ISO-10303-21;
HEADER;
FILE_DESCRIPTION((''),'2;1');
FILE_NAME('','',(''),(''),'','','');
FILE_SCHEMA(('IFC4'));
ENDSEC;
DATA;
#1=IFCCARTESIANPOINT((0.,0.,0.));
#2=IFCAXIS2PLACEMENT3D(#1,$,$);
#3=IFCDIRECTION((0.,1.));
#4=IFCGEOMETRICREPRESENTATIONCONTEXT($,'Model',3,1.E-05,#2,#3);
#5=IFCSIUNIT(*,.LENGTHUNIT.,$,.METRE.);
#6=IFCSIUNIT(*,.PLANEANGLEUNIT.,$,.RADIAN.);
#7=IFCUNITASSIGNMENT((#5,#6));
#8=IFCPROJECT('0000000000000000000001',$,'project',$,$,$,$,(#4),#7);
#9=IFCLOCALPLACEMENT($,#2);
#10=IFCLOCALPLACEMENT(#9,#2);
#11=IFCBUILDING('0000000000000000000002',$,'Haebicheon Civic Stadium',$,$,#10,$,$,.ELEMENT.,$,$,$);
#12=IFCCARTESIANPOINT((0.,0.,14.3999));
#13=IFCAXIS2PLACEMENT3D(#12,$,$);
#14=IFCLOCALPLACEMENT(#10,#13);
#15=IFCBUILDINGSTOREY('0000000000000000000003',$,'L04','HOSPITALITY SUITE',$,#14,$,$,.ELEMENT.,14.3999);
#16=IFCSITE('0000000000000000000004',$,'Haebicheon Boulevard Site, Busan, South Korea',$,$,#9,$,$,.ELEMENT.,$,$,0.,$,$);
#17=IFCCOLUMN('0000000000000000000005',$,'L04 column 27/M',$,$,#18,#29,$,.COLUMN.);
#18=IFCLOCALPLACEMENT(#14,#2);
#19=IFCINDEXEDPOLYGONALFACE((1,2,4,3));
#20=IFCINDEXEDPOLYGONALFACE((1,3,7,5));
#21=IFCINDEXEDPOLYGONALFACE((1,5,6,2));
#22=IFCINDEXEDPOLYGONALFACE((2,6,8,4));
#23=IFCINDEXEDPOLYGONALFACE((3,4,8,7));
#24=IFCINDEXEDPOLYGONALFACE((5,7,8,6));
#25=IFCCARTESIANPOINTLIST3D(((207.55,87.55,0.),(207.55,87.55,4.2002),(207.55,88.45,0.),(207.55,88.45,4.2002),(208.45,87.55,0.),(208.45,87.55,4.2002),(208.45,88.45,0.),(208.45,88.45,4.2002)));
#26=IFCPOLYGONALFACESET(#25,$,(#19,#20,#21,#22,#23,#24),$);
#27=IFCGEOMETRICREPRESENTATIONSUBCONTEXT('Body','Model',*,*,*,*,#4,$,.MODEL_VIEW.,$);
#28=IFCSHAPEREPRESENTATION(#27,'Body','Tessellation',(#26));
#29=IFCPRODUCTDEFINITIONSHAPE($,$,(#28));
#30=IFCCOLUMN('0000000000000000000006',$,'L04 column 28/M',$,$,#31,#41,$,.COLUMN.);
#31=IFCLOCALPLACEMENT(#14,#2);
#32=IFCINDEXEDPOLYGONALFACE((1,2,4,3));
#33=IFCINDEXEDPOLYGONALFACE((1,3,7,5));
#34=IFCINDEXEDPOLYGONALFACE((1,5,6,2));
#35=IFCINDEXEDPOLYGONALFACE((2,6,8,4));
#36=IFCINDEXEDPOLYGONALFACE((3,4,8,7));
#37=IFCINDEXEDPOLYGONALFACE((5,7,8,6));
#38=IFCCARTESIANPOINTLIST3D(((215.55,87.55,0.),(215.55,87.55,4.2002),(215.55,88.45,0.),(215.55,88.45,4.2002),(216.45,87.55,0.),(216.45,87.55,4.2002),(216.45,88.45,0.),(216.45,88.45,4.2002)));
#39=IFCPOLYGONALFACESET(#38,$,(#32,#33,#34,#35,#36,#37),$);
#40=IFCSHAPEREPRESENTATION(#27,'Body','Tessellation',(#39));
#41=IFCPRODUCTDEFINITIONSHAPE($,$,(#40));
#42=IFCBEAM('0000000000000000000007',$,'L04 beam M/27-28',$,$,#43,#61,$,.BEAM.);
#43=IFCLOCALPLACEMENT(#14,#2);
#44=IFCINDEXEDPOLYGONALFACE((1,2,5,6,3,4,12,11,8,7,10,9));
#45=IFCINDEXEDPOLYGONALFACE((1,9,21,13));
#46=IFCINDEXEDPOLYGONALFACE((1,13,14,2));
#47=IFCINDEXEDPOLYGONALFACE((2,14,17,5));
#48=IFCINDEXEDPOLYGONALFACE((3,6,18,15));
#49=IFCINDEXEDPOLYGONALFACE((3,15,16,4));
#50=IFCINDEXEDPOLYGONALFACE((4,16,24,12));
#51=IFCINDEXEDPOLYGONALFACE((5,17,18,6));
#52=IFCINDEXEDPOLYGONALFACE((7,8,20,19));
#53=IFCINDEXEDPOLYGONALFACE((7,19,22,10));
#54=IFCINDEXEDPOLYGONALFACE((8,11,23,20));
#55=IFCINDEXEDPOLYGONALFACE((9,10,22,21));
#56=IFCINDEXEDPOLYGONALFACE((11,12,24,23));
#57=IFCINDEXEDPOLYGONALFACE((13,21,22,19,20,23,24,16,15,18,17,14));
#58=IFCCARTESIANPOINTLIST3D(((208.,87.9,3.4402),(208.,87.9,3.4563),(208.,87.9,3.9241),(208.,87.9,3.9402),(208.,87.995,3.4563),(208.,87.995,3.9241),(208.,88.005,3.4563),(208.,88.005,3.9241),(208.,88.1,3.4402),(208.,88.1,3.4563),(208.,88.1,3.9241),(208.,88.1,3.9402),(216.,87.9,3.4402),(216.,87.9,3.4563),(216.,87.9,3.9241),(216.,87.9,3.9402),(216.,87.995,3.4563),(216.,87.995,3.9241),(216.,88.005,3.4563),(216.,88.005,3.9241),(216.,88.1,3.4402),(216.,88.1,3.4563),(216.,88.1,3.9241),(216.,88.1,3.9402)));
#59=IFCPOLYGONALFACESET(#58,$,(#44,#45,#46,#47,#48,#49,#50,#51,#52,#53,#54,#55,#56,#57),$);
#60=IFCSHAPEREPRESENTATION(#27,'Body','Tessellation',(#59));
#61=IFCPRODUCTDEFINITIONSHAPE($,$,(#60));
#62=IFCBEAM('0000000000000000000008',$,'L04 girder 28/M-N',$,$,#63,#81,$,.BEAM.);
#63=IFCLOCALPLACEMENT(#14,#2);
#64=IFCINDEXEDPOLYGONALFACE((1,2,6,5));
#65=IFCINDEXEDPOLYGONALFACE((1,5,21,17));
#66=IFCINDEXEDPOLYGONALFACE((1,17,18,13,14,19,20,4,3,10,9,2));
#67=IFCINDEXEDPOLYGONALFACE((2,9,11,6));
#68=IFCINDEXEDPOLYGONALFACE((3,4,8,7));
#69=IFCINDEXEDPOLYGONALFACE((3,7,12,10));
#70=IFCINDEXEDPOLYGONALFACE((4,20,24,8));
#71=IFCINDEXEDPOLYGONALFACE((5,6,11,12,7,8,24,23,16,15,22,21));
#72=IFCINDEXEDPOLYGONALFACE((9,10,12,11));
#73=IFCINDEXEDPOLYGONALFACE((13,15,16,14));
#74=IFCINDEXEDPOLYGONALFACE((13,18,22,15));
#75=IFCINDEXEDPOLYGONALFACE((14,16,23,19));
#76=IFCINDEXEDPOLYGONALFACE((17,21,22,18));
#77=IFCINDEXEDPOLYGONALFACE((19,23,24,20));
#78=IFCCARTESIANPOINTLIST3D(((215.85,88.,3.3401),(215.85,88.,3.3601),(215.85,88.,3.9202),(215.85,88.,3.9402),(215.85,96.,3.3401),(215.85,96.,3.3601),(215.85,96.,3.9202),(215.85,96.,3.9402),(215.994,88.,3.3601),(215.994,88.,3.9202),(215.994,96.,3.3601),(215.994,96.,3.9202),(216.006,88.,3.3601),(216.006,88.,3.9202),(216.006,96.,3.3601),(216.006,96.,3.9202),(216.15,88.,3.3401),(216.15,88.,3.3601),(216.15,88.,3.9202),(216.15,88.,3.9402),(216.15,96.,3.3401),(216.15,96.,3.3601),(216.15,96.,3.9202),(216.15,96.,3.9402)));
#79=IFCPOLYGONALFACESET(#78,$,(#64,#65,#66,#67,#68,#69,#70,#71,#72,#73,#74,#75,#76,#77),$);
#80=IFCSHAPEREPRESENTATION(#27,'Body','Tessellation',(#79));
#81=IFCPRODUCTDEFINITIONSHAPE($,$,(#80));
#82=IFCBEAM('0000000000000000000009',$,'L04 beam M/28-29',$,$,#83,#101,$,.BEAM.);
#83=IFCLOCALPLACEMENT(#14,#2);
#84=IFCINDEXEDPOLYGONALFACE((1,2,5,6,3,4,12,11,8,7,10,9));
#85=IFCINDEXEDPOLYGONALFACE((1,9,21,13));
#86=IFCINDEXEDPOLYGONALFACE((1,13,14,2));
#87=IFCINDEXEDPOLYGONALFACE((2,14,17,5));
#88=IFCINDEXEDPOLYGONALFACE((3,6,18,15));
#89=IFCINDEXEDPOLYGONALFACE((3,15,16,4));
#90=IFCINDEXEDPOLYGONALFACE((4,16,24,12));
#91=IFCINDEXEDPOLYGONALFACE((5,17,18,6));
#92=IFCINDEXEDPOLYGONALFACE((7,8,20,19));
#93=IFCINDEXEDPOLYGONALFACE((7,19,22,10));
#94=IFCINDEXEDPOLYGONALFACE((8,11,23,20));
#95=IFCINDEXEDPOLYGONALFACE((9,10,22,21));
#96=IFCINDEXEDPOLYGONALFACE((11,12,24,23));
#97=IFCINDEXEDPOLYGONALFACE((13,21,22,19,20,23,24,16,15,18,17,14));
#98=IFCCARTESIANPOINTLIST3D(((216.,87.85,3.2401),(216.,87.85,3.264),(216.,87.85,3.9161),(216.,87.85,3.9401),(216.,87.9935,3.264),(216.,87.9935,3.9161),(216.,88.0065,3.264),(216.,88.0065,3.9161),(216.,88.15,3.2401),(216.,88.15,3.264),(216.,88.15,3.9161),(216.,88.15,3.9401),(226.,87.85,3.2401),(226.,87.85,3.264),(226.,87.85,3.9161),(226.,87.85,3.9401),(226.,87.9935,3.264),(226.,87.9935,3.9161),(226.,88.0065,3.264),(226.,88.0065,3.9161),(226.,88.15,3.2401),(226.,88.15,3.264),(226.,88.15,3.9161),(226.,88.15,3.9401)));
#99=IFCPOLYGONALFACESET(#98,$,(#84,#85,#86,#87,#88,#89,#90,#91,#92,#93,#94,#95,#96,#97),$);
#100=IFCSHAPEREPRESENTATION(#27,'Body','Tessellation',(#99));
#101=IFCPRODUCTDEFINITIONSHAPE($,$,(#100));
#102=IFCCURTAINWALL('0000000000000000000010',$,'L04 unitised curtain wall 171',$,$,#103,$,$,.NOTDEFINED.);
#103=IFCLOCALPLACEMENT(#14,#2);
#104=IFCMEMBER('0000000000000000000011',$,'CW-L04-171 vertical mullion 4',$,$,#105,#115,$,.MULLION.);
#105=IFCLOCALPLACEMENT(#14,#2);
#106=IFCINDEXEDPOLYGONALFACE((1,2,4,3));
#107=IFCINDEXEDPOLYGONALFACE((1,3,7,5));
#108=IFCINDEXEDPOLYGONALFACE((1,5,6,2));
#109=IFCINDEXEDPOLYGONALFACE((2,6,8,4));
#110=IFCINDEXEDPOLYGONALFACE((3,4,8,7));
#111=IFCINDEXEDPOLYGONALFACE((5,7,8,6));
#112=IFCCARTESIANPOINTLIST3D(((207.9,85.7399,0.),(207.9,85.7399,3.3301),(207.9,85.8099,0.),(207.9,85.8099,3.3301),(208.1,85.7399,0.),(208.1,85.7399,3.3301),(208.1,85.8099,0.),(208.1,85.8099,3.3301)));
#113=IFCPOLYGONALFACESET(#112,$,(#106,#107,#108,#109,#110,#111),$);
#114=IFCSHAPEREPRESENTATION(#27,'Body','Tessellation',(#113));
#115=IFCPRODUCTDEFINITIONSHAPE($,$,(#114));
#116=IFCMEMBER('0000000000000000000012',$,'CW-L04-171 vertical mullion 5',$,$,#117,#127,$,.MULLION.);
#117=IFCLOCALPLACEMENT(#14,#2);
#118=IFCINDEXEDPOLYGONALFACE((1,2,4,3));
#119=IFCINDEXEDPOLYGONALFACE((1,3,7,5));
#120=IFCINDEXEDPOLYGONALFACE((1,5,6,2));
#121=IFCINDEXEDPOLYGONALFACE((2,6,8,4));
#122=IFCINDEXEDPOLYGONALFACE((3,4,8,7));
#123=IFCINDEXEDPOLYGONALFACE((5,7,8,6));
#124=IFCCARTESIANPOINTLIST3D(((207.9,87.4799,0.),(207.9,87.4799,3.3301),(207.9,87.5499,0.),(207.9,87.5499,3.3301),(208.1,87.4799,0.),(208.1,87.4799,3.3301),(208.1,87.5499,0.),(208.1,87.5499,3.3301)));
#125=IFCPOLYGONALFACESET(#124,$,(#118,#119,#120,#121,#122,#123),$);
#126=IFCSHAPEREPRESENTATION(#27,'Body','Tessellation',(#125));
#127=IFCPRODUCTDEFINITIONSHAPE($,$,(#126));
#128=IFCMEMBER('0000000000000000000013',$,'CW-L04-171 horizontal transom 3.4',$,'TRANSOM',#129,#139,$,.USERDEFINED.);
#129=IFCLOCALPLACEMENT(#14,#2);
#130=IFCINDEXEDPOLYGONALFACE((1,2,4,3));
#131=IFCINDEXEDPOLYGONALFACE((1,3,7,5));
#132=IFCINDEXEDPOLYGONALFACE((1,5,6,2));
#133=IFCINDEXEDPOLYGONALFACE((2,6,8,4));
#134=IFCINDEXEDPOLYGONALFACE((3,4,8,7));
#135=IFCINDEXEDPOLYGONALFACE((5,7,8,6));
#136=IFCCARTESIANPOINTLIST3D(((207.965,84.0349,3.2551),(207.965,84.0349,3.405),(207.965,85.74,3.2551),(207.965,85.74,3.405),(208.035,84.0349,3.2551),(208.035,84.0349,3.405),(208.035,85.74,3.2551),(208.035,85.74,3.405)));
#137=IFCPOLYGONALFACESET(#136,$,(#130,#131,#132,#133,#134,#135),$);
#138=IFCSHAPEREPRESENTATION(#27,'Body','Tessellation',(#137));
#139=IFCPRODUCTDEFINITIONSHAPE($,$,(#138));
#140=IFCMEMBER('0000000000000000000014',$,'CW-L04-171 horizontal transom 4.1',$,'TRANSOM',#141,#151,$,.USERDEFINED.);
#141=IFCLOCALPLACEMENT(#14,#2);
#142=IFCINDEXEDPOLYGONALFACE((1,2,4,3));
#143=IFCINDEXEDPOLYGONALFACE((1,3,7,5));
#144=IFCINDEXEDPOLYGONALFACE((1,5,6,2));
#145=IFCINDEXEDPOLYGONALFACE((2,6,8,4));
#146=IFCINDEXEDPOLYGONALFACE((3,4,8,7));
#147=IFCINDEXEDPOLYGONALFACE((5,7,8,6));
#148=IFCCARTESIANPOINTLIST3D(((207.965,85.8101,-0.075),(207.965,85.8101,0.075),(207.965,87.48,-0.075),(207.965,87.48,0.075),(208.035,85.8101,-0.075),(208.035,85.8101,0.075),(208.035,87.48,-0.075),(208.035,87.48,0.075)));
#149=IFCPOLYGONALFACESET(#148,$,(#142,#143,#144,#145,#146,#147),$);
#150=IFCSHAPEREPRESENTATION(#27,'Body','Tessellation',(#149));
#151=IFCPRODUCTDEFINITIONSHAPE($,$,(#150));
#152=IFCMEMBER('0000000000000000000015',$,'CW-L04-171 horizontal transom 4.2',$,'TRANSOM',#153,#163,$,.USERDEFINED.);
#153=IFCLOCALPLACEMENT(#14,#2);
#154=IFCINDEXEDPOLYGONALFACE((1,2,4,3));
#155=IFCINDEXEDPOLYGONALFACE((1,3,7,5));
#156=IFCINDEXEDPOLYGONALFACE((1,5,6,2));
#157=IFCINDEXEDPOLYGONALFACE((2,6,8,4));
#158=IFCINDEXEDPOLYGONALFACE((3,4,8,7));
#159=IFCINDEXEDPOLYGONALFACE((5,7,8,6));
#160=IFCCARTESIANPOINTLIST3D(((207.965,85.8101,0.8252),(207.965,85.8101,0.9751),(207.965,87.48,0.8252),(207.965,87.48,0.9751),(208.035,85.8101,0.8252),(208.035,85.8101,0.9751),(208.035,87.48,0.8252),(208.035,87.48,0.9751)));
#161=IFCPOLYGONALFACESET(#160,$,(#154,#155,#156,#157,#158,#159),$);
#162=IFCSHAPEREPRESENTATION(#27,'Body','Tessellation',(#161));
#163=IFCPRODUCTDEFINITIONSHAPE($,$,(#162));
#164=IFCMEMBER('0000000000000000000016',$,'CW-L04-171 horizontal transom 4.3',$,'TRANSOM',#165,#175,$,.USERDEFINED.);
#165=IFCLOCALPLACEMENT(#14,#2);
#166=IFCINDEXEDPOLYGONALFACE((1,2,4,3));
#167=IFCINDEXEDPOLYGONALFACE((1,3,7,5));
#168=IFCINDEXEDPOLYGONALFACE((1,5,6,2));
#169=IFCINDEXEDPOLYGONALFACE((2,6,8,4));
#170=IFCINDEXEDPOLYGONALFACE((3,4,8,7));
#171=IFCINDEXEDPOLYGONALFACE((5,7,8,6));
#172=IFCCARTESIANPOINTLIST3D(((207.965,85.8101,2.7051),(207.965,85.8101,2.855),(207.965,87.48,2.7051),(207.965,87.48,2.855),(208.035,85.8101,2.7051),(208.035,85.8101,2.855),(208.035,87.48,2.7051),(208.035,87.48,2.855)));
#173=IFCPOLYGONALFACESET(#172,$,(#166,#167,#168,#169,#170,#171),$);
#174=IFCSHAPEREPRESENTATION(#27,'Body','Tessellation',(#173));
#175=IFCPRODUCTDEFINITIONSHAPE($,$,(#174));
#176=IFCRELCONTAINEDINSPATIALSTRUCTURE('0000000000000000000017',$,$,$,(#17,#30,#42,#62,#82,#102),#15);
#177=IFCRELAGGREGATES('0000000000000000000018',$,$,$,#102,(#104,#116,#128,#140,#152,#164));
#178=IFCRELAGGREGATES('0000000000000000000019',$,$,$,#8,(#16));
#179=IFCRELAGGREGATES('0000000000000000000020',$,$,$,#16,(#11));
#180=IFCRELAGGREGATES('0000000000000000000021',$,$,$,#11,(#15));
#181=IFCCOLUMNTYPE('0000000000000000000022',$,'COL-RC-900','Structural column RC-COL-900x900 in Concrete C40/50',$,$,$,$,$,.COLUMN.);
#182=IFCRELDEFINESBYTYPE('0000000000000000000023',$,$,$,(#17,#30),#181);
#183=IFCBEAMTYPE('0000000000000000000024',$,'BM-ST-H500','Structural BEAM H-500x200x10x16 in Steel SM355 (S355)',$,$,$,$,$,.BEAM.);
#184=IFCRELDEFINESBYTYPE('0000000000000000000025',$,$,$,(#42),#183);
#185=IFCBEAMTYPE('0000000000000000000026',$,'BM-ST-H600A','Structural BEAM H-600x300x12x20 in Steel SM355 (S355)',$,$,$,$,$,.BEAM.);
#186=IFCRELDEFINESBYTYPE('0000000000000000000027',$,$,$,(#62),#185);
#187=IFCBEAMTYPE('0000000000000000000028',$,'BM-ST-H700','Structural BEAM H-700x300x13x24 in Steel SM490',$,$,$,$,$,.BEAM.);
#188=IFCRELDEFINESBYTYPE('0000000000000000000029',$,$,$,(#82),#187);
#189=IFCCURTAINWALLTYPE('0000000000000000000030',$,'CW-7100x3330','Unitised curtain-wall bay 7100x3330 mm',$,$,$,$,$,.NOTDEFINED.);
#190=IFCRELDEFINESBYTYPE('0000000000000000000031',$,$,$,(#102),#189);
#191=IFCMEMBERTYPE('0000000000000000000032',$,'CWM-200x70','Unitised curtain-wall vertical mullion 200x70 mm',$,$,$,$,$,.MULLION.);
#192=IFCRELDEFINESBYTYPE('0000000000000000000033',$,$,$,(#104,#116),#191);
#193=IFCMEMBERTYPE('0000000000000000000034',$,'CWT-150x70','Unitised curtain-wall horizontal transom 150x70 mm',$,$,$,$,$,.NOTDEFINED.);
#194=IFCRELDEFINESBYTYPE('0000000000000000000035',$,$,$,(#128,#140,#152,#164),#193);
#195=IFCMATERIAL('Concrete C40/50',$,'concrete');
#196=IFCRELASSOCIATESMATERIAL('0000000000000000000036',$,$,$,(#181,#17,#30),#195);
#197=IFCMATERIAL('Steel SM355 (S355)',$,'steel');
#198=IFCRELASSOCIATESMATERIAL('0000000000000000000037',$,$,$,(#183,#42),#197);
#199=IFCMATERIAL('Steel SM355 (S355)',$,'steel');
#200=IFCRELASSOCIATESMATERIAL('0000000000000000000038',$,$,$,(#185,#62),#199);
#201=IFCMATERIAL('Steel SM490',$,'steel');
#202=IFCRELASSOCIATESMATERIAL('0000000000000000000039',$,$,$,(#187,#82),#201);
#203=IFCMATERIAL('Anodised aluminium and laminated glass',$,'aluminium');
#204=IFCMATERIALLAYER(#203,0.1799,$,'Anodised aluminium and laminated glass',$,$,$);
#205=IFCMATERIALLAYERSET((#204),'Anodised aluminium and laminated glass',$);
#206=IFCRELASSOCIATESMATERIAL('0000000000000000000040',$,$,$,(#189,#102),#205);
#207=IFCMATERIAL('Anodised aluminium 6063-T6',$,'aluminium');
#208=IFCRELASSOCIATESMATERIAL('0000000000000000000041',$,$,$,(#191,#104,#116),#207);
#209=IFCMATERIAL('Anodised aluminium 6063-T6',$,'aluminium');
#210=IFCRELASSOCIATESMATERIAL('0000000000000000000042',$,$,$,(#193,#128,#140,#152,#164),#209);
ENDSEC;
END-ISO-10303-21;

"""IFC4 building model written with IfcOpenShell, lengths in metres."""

from ifc_helpers import new_model, si_unit, direction, frame, origin, origin_2d, place, context, subcontext, project, spatial, rectangle, i_section, extrude, material, layer, layer_set, material_profile, profile_set, type_object, element, aggregate, save


model = new_model("IFC4")

# Units and contexts
model_context = context("Model", 3, precision=1e-05, world=origin(), true_north=direction((0.0, 1.0)))
body_context = subcontext(model_context, "Body", "Model", "MODEL_VIEW")
ifc_project = project(units=[si_unit("LENGTHUNIT", "METRE"), si_unit("PLANEANGLEUNIT", "RADIAN")], contexts=[model_context])

# Site, building, storey
site_placement = place(None, origin())
site = spatial("IfcSite", under=ifc_project, at=site_placement, Name="Haebicheon Boulevard Site, Busan, South Korea", CompositionType="ELEMENT", RefElevation=0.0)
building_placement = place(site_placement, origin())
building = spatial("IfcBuilding", under=site, at=building_placement, Name="Haebicheon Civic Stadium", CompositionType="ELEMENT")
storey_placement = place(building_placement, frame((0.0, 0.0, 14.3999)))
storey = spatial("IfcBuildingStorey", under=building, at=storey_placement, Name="L04", Description="HOSPITALITY SUITE", CompositionType="ELEMENT", Elevation=14.3999)

# Columns
ifc_material_1 = material(Name="Concrete C40/50", Category="concrete")
ifc_material_profile_1 = material_profile(ifc_material_1, rectangle(XDim=0.8999, YDim=0.8999, at=origin_2d()), Name="RC-COL-900x900")
ifc_profile_set_1 = profile_set([ifc_material_profile_1], Name="Concrete C40/50")
column_type = type_object("IfcColumnType", Name="COL-RC-900", Description="Structural column RC-COL-900x900 in Concrete C40/50", PredefinedType="COLUMN", material=ifc_profile_set_1)
for number, where, z_axis, x_axis, name in (
    (1, (208.0, 88.0, 0.0), (0.0, 0.0, 1.0), (1.0, 0.0, 0.0), "L04 column 27/M"),
    (2, (216.0, 88.0, 0.0), (0.0, 0.0, 1.0), (1.0, 0.0, 0.0), "L04 column 28/M"),
):
    element("IfcColumn", number, at=place(storey_placement, frame(where, z_axis=z_axis, x_axis=x_axis)), inside=storey, type_object=column_type, material=ifc_profile_set_1, Name=name, PredefinedType="COLUMN", context=body_context, shape_type="SweptSolid", body=[
        extrude(rectangle(XDim=0.8999, YDim=0.8999, at=origin_2d()), origin(), (0.0, 0.0, 1.0), 4.2002),
    ])

# Beams
ifc_material_2 = material(Name="Steel SM355 (S355)", Category="steel")
ifc_material_profile_2 = material_profile(ifc_material_2, i_section(OverallWidth=0.2, OverallDepth=0.5, WebThickness=0.01, FlangeThickness=0.0161, at=origin_2d()), Name="H-500x200x10x16")
ifc_profile_set_2 = profile_set([ifc_material_profile_2], Name="Steel SM355 (S355)")
beam_type_1 = type_object("IfcBeamType", Name="BM-ST-H500", Description="Structural BEAM H-500x200x10x16 in Steel SM355 (S355)", PredefinedType="BEAM", material=ifc_profile_set_2)
beam_1_placement = place(storey_placement, frame((208.0, 88.0, 3.6902), z_axis=(1.0, 0.0, 0.0), x_axis=(0.0, 1.0, 0.0)))
element("IfcBeam", 3, at=beam_1_placement, inside=storey, type_object=beam_type_1, material=ifc_profile_set_2, Name="L04 beam M/27-28", PredefinedType="BEAM", context=body_context, shape_type="SweptSolid", body=[
    extrude(i_section(OverallWidth=0.2, OverallDepth=0.5, WebThickness=0.01, FlangeThickness=0.0161, at=origin_2d()), origin(), (0.0, 0.0, 1.0), 8.0),
])
ifc_material_3 = material(Name="Steel SM355 (S355)", Category="steel")
ifc_material_profile_3 = material_profile(ifc_material_3, i_section(OverallWidth=0.3, OverallDepth=0.6001, WebThickness=0.012, FlangeThickness=0.02, at=origin_2d()), Name="H-600x300x12x20")
ifc_profile_set_3 = profile_set([ifc_material_profile_3], Name="Steel SM355 (S355)")
beam_type_2 = type_object("IfcBeamType", Name="BM-ST-H600A", Description="Structural BEAM H-600x300x12x20 in Steel SM355 (S355)", PredefinedType="BEAM", material=ifc_profile_set_3)
beam_2_placement = place(storey_placement, frame((216.0, 88.0, 3.6401), z_axis=(0.0, 1.0, 0.0), x_axis=(-1.0, 0.0, 0.0)))
element("IfcBeam", 4, at=beam_2_placement, inside=storey, type_object=beam_type_2, material=ifc_profile_set_3, Name="L04 girder 28/M-N", PredefinedType="BEAM", context=body_context, shape_type="SweptSolid", body=[
    extrude(i_section(OverallWidth=0.3, OverallDepth=0.6001, WebThickness=0.012, FlangeThickness=0.02, at=origin_2d()), origin(), (0.0, 0.0, 1.0), 8.0),
])
ifc_material_4 = material(Name="Steel SM490", Category="steel")
ifc_material_profile_4 = material_profile(ifc_material_4, i_section(OverallWidth=0.3, OverallDepth=0.7, WebThickness=0.0129, FlangeThickness=0.0239, at=origin_2d()), Name="H-700x300x13x24")
ifc_profile_set_4 = profile_set([ifc_material_profile_4], Name="Steel SM490")
beam_type_3 = type_object("IfcBeamType", Name="BM-ST-H700", Description="Structural BEAM H-700x300x13x24 in Steel SM490", PredefinedType="BEAM", material=ifc_profile_set_4)
beam_3_placement = place(storey_placement, frame((216.0, 88.0, 3.5901), z_axis=(1.0, 0.0, 0.0), x_axis=(0.0, 1.0, 0.0)))
element("IfcBeam", 5, at=beam_3_placement, inside=storey, type_object=beam_type_3, material=ifc_profile_set_4, Name="L04 beam M/28-29", PredefinedType="BEAM", context=body_context, shape_type="SweptSolid", body=[
    extrude(i_section(OverallWidth=0.3, OverallDepth=0.7, WebThickness=0.0129, FlangeThickness=0.0239, at=origin_2d()), origin(), (0.0, 0.0, 1.0), 10.0),
])

# Curtain wall, members
ifc_material_5 = material(Name="Anodised aluminium and laminated glass", Category="aluminium")
ifc_layer_1 = layer(ifc_material_5, 0.1799, Name="Anodised aluminium and laminated glass")
ifc_layer_set_1 = layer_set([ifc_layer_1], Name="Anodised aluminium and laminated glass")
curtain_wall_type = type_object("IfcCurtainWallType", Name="CW-7100x3330", Description="Unitised curtain-wall bay 7100x3330 mm", PredefinedType="NOTDEFINED", material=ifc_layer_set_1)
curtain_wall_placement = place(storey_placement, origin())
curtain_wall = element("IfcCurtainWall", 6, at=curtain_wall_placement, inside=storey, type_object=curtain_wall_type, material=ifc_layer_set_1, Name="L04 unitised curtain wall 171", PredefinedType="NOTDEFINED")
ifc_material_6 = material(Name="Anodised aluminium 6063-T6", Category="aluminium")
ifc_material_profile_5 = material_profile(ifc_material_6, rectangle(XDim=0.0701, YDim=0.2, at=origin_2d()), Name="ALU-MULL-70x200")
ifc_profile_set_5 = profile_set([ifc_material_profile_5], Name="Anodised aluminium 6063-T6")
member_type_1 = type_object("IfcMemberType", Name="CWM-200x70", Description="Unitised curtain-wall vertical mullion 200x70 mm", PredefinedType="MULLION", material=ifc_profile_set_5)
member_1_placement = place(storey_placement, frame((208.0, 85.7749, 0.0), z_axis=(0.0, 0.0, 1.0), x_axis=(0.0, 1.0, 0.0)))
member_1 = element("IfcMember", 7, at=member_1_placement, type_object=member_type_1, material=ifc_profile_set_5, Name="CW-L04-171 vertical mullion 4", PredefinedType="MULLION", context=body_context, shape_type="SweptSolid", body=[
    extrude(rectangle(XDim=0.0701, YDim=0.2, at=origin_2d()), origin(), (0.0, 0.0, 1.0), 3.3301),
])
member_2_placement = place(storey_placement, frame((208.0, 87.5149, 0.0), z_axis=(0.0, 0.0, 1.0), x_axis=(0.0, 1.0, 0.0)))
member_2 = element("IfcMember", 8, at=member_2_placement, type_object=member_type_1, material=ifc_profile_set_5, Name="CW-L04-171 vertical mullion 5", PredefinedType="MULLION", context=body_context, shape_type="SweptSolid", body=[
    extrude(rectangle(XDim=0.0701, YDim=0.2, at=origin_2d()), origin(), (0.0, 0.0, 1.0), 3.3301),
])
ifc_material_7 = material(Name="Anodised aluminium 6063-T6", Category="aluminium")
ifc_material_profile_6 = material_profile(ifc_material_7, rectangle(XDim=0.0701, YDim=0.1499, at=origin_2d()), Name="ALU-TRAN-70x150")
ifc_profile_set_6 = profile_set([ifc_material_profile_6], Name="Anodised aluminium 6063-T6")
member_type_2 = type_object("IfcMemberType", Name="CWT-150x70", Description="Unitised curtain-wall horizontal transom 150x70 mm", PredefinedType="NOTDEFINED", material=ifc_profile_set_6)
member_3_placement = place(storey_placement, frame((208.0, 84.0349, 3.3301), z_axis=(0.0, 1.0, 0.0), x_axis=(-1.0, 0.0, 0.0)))
member_3 = element("IfcMember", 9, at=member_3_placement, type_object=member_type_2, material=ifc_profile_set_6, Name="CW-L04-171 horizontal transom 3.4", ObjectType="TRANSOM", PredefinedType="USERDEFINED", context=body_context, shape_type="SweptSolid", body=[
    extrude(rectangle(XDim=0.0701, YDim=0.1499, at=origin_2d()), origin(), (0.0, 0.0, 1.0), 1.7051),
])
member_4_placement = place(storey_placement, frame((208.0, 85.8101, 0.0), z_axis=(0.0, 1.0, 0.0), x_axis=(-1.0, 0.0, 0.0)))
member_4 = element("IfcMember", 10, at=member_4_placement, type_object=member_type_2, material=ifc_profile_set_6, Name="CW-L04-171 horizontal transom 4.1", ObjectType="TRANSOM", PredefinedType="USERDEFINED", context=body_context, shape_type="SweptSolid", body=[
    extrude(rectangle(XDim=0.0701, YDim=0.1499, at=origin_2d()), origin(), (0.0, 0.0, 1.0), 1.6699),
])
member_5_placement = place(storey_placement, frame((208.0, 85.8101, 0.9001), z_axis=(0.0, 1.0, 0.0), x_axis=(-1.0, 0.0, 0.0)))
member_5 = element("IfcMember", 11, at=member_5_placement, type_object=member_type_2, material=ifc_profile_set_6, Name="CW-L04-171 horizontal transom 4.2", ObjectType="TRANSOM", PredefinedType="USERDEFINED", context=body_context, shape_type="SweptSolid", body=[
    extrude(rectangle(XDim=0.0701, YDim=0.1499, at=origin_2d()), origin(), (0.0, 0.0, 1.0), 1.6699),
])
member_6_placement = place(storey_placement, frame((208.0, 85.8101, 2.78), z_axis=(0.0, 1.0, 0.0), x_axis=(-1.0, 0.0, 0.0)))
member_6 = element("IfcMember", 12, at=member_6_placement, type_object=member_type_2, material=ifc_profile_set_6, Name="CW-L04-171 horizontal transom 4.3", ObjectType="TRANSOM", PredefinedType="USERDEFINED", context=body_context, shape_type="SweptSolid", body=[
    extrude(rectangle(XDim=0.0701, YDim=0.1499, at=origin_2d()), origin(), (0.0, 0.0, 1.0), 1.6699),
])

aggregate(curtain_wall, [member_1, member_2, member_3, member_4, member_5, member_6])

save(model, "model.ifc")
